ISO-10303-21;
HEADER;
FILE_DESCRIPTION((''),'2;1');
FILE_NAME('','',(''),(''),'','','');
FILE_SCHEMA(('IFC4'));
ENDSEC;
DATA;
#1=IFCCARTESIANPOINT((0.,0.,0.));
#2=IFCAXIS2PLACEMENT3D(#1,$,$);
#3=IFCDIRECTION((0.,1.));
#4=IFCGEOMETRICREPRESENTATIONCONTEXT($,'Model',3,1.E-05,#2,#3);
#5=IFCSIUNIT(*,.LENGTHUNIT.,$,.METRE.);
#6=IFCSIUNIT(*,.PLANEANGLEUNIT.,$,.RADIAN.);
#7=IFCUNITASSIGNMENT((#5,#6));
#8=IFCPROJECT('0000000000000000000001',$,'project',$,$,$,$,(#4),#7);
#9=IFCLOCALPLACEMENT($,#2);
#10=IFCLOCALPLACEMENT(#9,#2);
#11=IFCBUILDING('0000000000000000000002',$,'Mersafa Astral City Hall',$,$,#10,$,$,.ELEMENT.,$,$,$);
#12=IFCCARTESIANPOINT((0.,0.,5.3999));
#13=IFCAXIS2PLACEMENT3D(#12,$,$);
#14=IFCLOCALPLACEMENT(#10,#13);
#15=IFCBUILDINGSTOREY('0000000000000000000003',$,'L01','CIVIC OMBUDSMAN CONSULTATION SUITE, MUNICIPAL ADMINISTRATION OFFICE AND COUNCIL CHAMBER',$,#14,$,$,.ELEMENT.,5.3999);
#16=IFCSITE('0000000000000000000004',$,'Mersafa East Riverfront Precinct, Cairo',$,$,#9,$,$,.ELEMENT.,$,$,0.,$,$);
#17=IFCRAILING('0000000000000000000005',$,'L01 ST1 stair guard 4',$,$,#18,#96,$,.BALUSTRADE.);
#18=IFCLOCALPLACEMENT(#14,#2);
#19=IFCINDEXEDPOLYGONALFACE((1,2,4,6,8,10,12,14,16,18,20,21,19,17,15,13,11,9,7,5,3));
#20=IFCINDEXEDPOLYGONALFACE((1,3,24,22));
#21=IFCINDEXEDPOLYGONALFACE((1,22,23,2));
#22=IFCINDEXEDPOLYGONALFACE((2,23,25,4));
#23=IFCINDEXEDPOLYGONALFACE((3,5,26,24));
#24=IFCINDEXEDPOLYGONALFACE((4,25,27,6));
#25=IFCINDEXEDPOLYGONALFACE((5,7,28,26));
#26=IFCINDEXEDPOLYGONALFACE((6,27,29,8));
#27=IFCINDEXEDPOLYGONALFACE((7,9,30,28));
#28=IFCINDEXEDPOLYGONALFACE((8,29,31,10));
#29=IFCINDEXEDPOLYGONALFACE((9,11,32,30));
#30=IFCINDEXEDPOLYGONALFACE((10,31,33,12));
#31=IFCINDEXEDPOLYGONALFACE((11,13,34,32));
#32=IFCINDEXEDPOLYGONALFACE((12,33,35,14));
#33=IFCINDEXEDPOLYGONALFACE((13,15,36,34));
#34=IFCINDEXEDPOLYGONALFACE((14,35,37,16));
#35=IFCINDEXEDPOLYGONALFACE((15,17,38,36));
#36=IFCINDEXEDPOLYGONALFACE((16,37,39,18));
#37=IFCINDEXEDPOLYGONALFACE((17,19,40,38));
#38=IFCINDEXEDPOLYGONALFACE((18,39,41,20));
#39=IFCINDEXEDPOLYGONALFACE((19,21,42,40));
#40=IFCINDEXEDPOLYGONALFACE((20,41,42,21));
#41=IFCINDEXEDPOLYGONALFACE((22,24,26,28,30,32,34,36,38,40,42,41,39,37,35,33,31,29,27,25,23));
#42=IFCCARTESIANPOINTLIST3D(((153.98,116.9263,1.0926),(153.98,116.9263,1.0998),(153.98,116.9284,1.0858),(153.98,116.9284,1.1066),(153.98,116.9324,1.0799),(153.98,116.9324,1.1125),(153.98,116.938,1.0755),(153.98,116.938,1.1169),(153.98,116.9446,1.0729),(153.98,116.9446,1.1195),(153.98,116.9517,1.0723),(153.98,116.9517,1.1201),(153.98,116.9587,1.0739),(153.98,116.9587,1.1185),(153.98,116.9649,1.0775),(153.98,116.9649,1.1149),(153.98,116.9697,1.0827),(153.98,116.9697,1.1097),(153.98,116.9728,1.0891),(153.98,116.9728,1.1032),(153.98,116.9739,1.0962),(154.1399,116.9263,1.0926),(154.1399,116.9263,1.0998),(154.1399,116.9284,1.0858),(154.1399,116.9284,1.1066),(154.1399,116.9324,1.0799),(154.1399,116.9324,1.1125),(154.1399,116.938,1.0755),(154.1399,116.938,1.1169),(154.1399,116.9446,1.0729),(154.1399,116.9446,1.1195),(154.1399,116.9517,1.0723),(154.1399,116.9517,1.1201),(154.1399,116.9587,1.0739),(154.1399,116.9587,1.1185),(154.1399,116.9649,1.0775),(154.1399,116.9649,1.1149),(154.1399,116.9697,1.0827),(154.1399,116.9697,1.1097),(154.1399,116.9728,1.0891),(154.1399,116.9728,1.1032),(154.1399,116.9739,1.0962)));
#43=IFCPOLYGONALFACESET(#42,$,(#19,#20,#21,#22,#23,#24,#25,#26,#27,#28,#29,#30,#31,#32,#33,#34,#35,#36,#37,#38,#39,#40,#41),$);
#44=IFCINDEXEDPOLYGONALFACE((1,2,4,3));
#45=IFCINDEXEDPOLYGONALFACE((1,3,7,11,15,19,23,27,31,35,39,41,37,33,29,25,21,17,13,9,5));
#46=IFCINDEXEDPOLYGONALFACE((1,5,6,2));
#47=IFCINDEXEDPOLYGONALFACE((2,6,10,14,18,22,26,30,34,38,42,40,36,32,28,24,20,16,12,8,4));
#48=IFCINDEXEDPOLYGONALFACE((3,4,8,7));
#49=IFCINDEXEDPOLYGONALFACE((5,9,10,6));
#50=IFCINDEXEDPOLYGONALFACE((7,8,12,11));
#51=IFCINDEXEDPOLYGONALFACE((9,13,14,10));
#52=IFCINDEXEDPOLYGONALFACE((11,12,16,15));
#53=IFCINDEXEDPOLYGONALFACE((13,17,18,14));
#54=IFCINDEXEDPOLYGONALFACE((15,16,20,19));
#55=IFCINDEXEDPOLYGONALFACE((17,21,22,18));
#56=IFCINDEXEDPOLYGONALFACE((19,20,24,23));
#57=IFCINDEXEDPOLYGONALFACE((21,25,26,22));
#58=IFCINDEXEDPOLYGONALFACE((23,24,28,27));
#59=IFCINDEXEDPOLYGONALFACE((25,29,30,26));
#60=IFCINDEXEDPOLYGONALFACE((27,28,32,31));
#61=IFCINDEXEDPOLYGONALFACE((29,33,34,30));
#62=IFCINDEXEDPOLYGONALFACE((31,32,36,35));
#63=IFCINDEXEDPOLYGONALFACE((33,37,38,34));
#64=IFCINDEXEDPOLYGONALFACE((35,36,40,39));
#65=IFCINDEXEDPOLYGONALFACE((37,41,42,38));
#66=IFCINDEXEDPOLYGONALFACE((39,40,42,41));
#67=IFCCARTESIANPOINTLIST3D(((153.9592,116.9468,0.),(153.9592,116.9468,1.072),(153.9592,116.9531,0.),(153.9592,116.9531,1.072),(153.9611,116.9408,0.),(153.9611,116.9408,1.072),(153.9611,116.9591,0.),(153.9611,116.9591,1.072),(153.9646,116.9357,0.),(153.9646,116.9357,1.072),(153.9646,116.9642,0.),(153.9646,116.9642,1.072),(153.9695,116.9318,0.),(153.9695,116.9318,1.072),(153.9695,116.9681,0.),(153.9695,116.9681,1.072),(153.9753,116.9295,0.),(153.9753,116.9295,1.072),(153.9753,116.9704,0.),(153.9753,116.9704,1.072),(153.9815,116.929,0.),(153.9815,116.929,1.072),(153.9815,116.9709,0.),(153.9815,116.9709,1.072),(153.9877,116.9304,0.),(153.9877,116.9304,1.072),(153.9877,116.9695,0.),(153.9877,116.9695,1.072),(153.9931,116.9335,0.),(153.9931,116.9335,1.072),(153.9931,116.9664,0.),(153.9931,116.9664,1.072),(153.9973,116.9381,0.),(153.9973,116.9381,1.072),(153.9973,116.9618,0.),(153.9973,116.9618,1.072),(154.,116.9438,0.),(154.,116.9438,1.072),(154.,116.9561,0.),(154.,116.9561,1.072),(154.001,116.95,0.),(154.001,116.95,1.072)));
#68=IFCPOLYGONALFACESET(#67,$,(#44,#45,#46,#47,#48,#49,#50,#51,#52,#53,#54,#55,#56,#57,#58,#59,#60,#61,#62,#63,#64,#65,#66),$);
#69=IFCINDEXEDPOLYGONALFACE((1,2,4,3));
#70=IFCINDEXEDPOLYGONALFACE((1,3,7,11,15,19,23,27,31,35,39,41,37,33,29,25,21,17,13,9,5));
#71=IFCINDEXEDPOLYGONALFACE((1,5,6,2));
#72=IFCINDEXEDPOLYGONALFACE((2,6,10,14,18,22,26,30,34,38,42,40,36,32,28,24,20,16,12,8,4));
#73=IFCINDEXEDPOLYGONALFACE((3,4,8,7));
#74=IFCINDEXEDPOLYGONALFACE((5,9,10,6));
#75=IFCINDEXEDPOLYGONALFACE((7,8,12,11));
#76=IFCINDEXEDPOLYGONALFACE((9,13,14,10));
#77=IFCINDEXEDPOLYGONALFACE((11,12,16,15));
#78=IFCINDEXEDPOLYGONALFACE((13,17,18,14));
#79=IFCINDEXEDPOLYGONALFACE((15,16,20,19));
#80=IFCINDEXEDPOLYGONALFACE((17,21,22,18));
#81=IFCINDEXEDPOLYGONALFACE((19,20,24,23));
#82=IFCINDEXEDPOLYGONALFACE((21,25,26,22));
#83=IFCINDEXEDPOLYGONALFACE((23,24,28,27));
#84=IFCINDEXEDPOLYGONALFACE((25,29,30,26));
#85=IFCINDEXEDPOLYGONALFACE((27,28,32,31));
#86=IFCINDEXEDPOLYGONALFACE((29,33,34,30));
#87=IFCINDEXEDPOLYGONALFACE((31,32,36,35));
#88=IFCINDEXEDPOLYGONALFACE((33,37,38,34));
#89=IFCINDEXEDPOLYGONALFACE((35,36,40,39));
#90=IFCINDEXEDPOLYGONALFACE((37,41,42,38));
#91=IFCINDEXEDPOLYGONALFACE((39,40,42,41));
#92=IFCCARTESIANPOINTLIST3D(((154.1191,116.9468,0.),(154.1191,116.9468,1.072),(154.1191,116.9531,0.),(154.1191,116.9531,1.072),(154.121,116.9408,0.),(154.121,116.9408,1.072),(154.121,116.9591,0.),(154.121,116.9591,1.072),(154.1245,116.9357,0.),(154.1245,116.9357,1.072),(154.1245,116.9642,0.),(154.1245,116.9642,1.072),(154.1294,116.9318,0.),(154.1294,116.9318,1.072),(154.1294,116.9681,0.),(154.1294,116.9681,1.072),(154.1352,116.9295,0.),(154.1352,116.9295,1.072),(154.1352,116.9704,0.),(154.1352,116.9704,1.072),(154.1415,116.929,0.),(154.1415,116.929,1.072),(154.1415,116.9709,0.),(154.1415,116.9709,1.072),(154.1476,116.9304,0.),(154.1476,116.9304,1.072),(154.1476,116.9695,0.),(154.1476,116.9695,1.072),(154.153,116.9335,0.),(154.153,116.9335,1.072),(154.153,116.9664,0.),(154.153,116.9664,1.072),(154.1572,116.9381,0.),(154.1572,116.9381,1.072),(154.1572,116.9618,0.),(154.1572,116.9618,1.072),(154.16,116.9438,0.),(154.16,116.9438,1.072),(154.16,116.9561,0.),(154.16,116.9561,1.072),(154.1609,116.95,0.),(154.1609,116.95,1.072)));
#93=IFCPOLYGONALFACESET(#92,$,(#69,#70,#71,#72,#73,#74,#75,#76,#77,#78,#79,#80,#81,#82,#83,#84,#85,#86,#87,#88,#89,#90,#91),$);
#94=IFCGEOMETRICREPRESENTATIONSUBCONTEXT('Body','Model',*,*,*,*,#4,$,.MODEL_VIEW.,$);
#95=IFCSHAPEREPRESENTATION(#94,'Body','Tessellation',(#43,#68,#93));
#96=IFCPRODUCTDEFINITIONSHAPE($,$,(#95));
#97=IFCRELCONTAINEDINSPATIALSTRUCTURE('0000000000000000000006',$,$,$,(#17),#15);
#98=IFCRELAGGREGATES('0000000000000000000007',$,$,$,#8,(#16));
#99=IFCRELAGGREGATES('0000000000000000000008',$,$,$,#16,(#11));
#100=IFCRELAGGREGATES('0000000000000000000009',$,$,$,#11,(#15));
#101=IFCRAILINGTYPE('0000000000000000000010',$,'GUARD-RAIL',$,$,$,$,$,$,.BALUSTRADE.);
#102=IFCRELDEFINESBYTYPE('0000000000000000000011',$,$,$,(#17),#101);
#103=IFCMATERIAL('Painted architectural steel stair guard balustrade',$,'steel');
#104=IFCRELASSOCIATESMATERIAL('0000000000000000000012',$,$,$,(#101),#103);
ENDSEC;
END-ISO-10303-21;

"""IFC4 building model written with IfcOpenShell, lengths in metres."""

from ifc_helpers import new_model, si_unit, direction, frame, origin, origin_2d, place, context, subcontext, project, spatial, circle, extrude, material, type_object, element, save


model = new_model("IFC4")

# Units and contexts
model_context = context("Model", 3, precision=1e-05, world=origin(), true_north=direction((0.0, 1.0)))
body_context = subcontext(model_context, "Body", "Model", "MODEL_VIEW")
ifc_project = project(units=[si_unit("LENGTHUNIT", "METRE"), si_unit("PLANEANGLEUNIT", "RADIAN")], contexts=[model_context])

# Site, building, storey
site_placement = place(None, origin())
site = spatial("IfcSite", under=ifc_project, at=site_placement, Name="Mersafa East Riverfront Precinct, Cairo", CompositionType="ELEMENT", RefElevation=0.0)
building_placement = place(site_placement, origin())
building = spatial("IfcBuilding", under=site, at=building_placement, Name="Mersafa Astral City Hall", CompositionType="ELEMENT")
storey_placement = place(building_placement, frame((0.0, 0.0, 5.3999)))
storey = spatial("IfcBuildingStorey", under=building, at=storey_placement, Name="L01", Description="CIVIC OMBUDSMAN CONSULTATION SUITE, MUNICIPAL ADMINISTRATION OFFICE AND COUNCIL CHAMBER", CompositionType="ELEMENT", Elevation=5.3999)

# Railing
ifc_material_1 = material(Name="Painted architectural steel stair guard balustrade", Category="steel")
railing_type = type_object("IfcRailingType", Name="GUARD-RAIL", PredefinedType="BALUSTRADE", material=ifc_material_1)
railing_1_placement = place(storey_placement, frame((153.98, 116.95, 0.0)))
element("IfcRailing", 1, at=railing_1_placement, inside=storey, type_object=railing_type, Name="L01 ST1 stair guard 4", PredefinedType="BALUSTRADE", context=body_context, shape_type="SweptSolid", body=[
    extrude(circle(Radius=0.0239, at=origin_2d()), frame((0.0, 0.0, 1.0962), z_axis=(1.0, 0.0, 0.0), x_axis=(0.0, 1.0, 0.0)), (0.0, 0.0, 1.0), 0.1599),
    extrude(circle(Radius=0.021, at=origin_2d()), origin(), (0.0, 0.0, 1.0), 1.072),
    extrude(circle(Radius=0.021, at=origin_2d()), frame((0.1599, 0.0, 0.0)), (0.0, 0.0, 1.0), 1.072),
])

save(model, "model.ifc")
